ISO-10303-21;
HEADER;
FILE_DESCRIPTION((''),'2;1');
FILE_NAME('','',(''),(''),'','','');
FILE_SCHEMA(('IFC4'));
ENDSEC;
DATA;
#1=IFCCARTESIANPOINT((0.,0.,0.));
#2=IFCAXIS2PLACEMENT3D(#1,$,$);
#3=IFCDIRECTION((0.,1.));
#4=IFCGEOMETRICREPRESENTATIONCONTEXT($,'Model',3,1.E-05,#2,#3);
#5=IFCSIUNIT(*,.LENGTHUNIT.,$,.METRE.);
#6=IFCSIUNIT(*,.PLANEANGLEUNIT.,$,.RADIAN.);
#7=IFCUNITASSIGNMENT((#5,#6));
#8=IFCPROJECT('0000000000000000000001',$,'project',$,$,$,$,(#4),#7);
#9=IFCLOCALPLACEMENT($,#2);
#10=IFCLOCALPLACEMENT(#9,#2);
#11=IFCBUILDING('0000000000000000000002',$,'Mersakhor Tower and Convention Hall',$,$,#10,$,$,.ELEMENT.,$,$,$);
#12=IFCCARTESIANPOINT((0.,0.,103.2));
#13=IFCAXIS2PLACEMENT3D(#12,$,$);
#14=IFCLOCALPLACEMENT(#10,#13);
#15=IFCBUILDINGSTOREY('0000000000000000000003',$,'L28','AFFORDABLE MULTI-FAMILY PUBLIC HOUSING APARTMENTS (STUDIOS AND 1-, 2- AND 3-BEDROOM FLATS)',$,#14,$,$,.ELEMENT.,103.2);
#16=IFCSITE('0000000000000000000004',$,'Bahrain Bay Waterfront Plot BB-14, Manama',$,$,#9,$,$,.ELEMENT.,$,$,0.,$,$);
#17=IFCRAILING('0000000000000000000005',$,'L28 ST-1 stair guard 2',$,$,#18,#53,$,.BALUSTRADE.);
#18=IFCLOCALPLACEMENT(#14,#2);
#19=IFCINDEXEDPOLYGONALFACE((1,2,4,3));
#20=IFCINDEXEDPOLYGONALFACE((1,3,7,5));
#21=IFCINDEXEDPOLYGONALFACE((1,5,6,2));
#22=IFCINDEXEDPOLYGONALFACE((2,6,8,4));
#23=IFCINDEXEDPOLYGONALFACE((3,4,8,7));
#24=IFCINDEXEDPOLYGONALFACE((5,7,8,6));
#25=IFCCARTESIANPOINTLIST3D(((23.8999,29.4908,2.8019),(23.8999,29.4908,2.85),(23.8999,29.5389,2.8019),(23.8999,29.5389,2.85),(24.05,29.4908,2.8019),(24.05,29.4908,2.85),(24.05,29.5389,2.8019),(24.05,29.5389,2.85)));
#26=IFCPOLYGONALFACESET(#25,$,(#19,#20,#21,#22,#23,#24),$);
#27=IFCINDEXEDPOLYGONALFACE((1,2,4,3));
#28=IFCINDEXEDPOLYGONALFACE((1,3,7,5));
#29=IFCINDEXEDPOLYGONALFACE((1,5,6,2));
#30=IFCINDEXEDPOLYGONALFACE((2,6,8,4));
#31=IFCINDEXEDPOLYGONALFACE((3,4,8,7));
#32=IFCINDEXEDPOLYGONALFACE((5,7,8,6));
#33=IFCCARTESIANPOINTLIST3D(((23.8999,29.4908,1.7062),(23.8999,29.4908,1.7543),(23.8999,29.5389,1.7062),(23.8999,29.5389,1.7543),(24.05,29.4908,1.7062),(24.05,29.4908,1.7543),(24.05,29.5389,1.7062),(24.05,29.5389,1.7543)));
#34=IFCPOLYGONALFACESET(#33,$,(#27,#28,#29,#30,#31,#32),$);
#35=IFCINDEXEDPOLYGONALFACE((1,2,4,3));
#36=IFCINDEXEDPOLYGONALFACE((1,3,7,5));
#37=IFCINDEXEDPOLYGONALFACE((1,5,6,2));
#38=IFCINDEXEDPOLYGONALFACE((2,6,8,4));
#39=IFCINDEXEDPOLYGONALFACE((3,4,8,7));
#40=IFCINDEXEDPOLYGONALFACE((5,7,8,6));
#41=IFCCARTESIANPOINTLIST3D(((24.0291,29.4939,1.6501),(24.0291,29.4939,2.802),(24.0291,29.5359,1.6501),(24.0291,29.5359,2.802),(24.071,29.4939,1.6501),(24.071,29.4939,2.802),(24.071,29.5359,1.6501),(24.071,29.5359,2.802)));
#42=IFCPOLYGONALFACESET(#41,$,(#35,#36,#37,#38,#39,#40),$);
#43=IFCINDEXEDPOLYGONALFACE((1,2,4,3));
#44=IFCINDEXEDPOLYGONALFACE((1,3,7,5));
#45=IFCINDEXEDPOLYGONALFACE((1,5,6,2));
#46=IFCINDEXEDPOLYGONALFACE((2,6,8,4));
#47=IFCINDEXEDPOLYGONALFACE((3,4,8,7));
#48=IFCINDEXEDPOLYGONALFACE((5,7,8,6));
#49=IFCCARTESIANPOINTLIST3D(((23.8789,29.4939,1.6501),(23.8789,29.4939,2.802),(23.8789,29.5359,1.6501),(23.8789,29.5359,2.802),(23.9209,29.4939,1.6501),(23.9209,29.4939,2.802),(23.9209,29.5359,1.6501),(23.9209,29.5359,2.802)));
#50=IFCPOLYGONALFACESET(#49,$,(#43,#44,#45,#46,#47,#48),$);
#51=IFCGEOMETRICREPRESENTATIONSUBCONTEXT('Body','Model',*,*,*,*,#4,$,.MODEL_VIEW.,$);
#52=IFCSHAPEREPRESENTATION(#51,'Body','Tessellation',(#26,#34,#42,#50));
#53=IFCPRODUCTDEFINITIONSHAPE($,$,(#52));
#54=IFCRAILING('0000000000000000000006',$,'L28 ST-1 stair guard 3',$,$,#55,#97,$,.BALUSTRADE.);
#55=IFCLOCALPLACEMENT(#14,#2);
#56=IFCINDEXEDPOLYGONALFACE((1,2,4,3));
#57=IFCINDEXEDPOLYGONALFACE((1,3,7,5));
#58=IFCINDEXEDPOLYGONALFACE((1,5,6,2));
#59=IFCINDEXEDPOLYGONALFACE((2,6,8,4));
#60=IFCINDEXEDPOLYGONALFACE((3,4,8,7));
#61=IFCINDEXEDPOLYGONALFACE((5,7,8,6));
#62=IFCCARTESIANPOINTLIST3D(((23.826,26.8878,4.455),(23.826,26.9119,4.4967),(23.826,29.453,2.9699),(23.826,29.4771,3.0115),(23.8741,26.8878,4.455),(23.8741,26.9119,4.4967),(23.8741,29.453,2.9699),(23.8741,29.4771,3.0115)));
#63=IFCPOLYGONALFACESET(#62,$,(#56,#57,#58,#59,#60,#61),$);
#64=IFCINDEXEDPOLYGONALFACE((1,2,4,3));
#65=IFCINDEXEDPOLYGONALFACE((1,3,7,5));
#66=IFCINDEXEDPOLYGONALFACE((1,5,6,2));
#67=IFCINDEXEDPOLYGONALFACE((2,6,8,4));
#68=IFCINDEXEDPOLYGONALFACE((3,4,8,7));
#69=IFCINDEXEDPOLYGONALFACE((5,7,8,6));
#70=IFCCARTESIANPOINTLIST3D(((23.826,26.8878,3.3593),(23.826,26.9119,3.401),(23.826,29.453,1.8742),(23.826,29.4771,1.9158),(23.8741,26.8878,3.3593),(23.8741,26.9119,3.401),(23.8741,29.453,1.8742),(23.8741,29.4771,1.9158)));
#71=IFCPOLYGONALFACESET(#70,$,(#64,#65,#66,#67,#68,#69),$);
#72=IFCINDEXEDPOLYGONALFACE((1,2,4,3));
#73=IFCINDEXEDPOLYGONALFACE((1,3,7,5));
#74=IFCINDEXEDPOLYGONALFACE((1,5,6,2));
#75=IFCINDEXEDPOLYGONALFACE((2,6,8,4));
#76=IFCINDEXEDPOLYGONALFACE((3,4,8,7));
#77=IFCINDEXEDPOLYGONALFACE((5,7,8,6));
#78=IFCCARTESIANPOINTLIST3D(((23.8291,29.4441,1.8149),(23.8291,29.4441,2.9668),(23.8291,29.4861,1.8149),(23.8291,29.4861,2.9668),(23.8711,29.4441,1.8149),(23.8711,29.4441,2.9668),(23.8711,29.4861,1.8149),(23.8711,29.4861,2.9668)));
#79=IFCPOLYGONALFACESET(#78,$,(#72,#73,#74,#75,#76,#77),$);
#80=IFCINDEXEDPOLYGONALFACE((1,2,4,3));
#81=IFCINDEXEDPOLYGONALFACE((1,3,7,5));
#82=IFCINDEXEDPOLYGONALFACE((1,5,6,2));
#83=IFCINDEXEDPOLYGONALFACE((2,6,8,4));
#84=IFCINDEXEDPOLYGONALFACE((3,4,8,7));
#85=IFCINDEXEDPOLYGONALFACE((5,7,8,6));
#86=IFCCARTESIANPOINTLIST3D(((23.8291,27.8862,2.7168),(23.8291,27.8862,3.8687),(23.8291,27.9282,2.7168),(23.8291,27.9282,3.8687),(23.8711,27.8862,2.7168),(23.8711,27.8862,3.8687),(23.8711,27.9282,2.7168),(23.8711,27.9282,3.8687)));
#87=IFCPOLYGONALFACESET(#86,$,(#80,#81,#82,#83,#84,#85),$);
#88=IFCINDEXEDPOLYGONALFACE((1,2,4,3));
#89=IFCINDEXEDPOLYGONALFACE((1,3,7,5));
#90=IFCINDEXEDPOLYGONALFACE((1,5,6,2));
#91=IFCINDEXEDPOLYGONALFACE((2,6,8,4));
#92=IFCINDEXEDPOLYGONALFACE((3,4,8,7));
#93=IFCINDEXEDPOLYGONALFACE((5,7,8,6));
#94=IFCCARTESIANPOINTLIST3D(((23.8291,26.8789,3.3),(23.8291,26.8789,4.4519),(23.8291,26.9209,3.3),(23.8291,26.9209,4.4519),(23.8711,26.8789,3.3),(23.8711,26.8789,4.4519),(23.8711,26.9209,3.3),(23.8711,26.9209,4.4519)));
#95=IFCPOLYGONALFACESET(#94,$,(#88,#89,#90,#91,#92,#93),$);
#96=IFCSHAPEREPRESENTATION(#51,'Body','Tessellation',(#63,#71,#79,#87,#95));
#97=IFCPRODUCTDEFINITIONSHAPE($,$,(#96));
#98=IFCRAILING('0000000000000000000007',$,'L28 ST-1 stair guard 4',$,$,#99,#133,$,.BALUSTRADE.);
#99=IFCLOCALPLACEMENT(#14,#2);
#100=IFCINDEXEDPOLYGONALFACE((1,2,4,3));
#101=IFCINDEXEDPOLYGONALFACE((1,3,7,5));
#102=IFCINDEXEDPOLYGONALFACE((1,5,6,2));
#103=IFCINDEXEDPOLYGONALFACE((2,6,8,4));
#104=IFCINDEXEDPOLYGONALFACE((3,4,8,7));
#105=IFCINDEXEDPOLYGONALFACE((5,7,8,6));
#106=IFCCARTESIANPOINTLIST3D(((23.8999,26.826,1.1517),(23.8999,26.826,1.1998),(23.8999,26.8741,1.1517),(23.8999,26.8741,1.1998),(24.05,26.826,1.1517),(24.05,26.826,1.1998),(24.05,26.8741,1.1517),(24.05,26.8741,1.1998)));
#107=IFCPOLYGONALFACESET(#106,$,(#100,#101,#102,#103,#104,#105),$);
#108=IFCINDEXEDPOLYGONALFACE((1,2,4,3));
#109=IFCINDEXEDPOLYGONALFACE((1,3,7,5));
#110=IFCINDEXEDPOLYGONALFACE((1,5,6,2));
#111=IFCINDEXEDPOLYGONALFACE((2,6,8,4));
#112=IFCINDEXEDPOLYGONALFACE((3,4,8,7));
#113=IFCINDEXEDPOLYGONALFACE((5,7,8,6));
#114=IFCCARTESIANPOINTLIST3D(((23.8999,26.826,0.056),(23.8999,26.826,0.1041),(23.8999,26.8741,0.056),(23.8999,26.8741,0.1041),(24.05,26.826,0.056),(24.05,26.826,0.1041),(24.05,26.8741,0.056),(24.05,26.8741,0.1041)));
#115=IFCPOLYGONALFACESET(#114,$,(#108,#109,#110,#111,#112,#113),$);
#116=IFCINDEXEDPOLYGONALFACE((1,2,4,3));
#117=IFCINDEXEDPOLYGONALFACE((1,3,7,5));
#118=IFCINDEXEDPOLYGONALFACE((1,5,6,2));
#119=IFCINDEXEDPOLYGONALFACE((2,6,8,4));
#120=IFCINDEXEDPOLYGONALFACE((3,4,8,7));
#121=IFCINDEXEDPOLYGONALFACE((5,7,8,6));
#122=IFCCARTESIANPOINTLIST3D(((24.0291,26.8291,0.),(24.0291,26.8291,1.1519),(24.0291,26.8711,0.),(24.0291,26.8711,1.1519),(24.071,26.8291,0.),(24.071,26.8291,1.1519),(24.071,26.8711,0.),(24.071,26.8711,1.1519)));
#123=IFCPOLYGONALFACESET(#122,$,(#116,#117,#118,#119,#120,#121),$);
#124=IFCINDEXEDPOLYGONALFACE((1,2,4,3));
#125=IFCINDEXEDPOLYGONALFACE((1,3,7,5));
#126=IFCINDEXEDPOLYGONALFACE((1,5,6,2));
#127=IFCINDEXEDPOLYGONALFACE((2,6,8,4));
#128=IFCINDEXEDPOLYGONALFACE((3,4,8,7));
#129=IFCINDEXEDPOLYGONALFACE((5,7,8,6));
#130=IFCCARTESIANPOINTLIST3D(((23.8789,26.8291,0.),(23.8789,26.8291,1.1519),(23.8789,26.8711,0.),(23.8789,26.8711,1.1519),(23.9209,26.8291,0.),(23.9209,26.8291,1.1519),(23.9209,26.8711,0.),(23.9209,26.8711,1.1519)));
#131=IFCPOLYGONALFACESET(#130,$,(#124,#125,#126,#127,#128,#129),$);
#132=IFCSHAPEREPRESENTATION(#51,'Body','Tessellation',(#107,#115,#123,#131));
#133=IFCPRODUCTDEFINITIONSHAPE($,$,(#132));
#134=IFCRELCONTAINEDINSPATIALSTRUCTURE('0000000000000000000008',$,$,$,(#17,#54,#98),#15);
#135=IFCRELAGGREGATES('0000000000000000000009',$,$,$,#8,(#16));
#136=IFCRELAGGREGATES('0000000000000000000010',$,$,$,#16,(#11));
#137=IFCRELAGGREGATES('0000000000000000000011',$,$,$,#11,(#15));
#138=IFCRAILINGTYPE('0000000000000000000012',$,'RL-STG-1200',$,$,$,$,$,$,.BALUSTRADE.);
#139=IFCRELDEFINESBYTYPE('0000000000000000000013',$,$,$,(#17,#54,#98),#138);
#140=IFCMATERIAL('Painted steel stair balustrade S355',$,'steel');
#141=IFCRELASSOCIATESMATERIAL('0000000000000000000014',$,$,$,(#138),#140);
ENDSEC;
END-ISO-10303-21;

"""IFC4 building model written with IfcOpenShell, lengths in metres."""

from ifc_helpers import new_model, si_unit, direction, frame, origin, origin_2d, place, context, subcontext, project, spatial, rectangle, extrude, material, type_object, element, save


model = new_model("IFC4")

# Units and contexts
model_context = context("Model", 3, precision=1e-05, world=origin(), true_north=direction((0.0, 1.0)))
body_context = subcontext(model_context, "Body", "Model", "MODEL_VIEW")
ifc_project = project(units=[si_unit("LENGTHUNIT", "METRE"), si_unit("PLANEANGLEUNIT", "RADIAN")], contexts=[model_context])

# Site, building, storey
site_placement = place(None, origin())
site = spatial("IfcSite", under=ifc_project, at=site_placement, Name="Bahrain Bay Waterfront Plot BB-14, Manama", CompositionType="ELEMENT", RefElevation=0.0)
building_placement = place(site_placement, origin())
building = spatial("IfcBuilding", under=site, at=building_placement, Name="Mersakhor Tower and Convention Hall", CompositionType="ELEMENT")
storey_placement = place(building_placement, frame((0.0, 0.0, 103.2)))
storey = spatial("IfcBuildingStorey", under=building, at=storey_placement, Name="L28", Description="AFFORDABLE MULTI-FAMILY PUBLIC HOUSING APARTMENTS (STUDIOS AND 1-, 2- AND 3-BEDROOM FLATS)", CompositionType="ELEMENT", Elevation=103.2)

# Railings
ifc_material_1 = material(Name="Painted steel stair balustrade S355", Category="steel")
railing_type_1 = type_object("IfcRailingType", Name="RL-STG-1200", PredefinedType="BALUSTRADE", material=ifc_material_1)
railing_1_placement = place(storey_placement, frame((24.05, 29.5149, 1.6501)))
element("IfcRailing", 1, at=railing_1_placement, inside=storey, type_object=railing_type_1, Name="L28 ST-1 stair guard 2", PredefinedType="BALUSTRADE", context=body_context, shape_type="SweptSolid", body=[
    extrude(rectangle(XDim=0.0481, YDim=0.0481, at=origin_2d()), frame((0.0, 0.0, 1.1758), z_axis=(-1.0, 0.0, 0.0), x_axis=(0.0, -1.0, 0.0)), (0.0, 0.0, 1.0), 0.1501),
    extrude(rectangle(XDim=0.0481, YDim=0.0481, at=origin_2d()), frame((0.0, 0.0, 0.0801), z_axis=(-1.0, 0.0, 0.0), x_axis=(0.0, -1.0, 0.0)), (0.0, 0.0, 1.0), 0.1501),
    extrude(rectangle(XDim=0.042, YDim=0.042, at=origin_2d()), origin(), (0.0, 0.0, 1.0), 1.1519),
    extrude(rectangle(XDim=0.042, YDim=0.042, at=origin_2d()), frame((-0.1501, 0.0, 0.0)), (0.0, 0.0, 1.0), 1.1519),
])
railing_2_placement = place(storey_placement, frame((23.8501, 29.4651, 1.8149)))
element("IfcRailing", 2, at=railing_2_placement, inside=storey, type_object=railing_type_1, Name="L28 ST-1 stair guard 3", PredefinedType="BALUSTRADE", context=body_context, shape_type="SweptSolid", body=[
    extrude(rectangle(XDim=0.0481, YDim=0.0481, at=origin_2d()), frame((0.0, 0.0, 1.1758), z_axis=(0.0, -0.865426, 0.501036), x_axis=(1.0, 0.0, 0.0)), (0.0, 0.0, 1.0), 2.9641),
    extrude(rectangle(XDim=0.0481, YDim=0.0481, at=origin_2d()), frame((0.0, 0.0, 0.0801), z_axis=(0.0, -0.865426, 0.501036), x_axis=(1.0, 0.0, 0.0)), (0.0, 0.0, 1.0), 2.9641),
    extrude(rectangle(XDim=0.042, YDim=0.042, at=origin_2d()), origin(), (0.0, 0.0, 1.0), 1.1519),
    extrude(rectangle(XDim=0.042, YDim=0.042, at=origin_2d()), frame((0.0, -1.5579, 0.9019)), (0.0, 0.0, 1.0), 1.1519),
    extrude(rectangle(XDim=0.042, YDim=0.042, at=origin_2d()), frame((0.0, -2.5652, 1.4851)), (0.0, 0.0, 1.0), 1.1519),
])
railing_3_placement = place(storey_placement, frame((24.05, 26.8501, 0.0)))
element("IfcRailing", 3, at=railing_3_placement, inside=storey, type_object=railing_type_1, Name="L28 ST-1 stair guard 4", PredefinedType="BALUSTRADE", context=body_context, shape_type="SweptSolid", body=[
    extrude(rectangle(XDim=0.0481, YDim=0.0481, at=origin_2d()), frame((0.0, 0.0, 1.1758), z_axis=(-1.0, 0.0, 0.0), x_axis=(0.0, -1.0, 0.0)), (0.0, 0.0, 1.0), 0.1501),
    extrude(rectangle(XDim=0.0481, YDim=0.0481, at=origin_2d()), frame((0.0, 0.0, 0.0801), z_axis=(-1.0, 0.0, 0.0), x_axis=(0.0, -1.0, 0.0)), (0.0, 0.0, 1.0), 0.1501),
    extrude(rectangle(XDim=0.042, YDim=0.042, at=origin_2d()), origin(), (0.0, 0.0, 1.0), 1.1519),
    extrude(rectangle(XDim=0.042, YDim=0.042, at=origin_2d()), frame((-0.1501, 0.0, 0.0)), (0.0, 0.0, 1.0), 1.1519),
])

save(model, "model.ifc")
